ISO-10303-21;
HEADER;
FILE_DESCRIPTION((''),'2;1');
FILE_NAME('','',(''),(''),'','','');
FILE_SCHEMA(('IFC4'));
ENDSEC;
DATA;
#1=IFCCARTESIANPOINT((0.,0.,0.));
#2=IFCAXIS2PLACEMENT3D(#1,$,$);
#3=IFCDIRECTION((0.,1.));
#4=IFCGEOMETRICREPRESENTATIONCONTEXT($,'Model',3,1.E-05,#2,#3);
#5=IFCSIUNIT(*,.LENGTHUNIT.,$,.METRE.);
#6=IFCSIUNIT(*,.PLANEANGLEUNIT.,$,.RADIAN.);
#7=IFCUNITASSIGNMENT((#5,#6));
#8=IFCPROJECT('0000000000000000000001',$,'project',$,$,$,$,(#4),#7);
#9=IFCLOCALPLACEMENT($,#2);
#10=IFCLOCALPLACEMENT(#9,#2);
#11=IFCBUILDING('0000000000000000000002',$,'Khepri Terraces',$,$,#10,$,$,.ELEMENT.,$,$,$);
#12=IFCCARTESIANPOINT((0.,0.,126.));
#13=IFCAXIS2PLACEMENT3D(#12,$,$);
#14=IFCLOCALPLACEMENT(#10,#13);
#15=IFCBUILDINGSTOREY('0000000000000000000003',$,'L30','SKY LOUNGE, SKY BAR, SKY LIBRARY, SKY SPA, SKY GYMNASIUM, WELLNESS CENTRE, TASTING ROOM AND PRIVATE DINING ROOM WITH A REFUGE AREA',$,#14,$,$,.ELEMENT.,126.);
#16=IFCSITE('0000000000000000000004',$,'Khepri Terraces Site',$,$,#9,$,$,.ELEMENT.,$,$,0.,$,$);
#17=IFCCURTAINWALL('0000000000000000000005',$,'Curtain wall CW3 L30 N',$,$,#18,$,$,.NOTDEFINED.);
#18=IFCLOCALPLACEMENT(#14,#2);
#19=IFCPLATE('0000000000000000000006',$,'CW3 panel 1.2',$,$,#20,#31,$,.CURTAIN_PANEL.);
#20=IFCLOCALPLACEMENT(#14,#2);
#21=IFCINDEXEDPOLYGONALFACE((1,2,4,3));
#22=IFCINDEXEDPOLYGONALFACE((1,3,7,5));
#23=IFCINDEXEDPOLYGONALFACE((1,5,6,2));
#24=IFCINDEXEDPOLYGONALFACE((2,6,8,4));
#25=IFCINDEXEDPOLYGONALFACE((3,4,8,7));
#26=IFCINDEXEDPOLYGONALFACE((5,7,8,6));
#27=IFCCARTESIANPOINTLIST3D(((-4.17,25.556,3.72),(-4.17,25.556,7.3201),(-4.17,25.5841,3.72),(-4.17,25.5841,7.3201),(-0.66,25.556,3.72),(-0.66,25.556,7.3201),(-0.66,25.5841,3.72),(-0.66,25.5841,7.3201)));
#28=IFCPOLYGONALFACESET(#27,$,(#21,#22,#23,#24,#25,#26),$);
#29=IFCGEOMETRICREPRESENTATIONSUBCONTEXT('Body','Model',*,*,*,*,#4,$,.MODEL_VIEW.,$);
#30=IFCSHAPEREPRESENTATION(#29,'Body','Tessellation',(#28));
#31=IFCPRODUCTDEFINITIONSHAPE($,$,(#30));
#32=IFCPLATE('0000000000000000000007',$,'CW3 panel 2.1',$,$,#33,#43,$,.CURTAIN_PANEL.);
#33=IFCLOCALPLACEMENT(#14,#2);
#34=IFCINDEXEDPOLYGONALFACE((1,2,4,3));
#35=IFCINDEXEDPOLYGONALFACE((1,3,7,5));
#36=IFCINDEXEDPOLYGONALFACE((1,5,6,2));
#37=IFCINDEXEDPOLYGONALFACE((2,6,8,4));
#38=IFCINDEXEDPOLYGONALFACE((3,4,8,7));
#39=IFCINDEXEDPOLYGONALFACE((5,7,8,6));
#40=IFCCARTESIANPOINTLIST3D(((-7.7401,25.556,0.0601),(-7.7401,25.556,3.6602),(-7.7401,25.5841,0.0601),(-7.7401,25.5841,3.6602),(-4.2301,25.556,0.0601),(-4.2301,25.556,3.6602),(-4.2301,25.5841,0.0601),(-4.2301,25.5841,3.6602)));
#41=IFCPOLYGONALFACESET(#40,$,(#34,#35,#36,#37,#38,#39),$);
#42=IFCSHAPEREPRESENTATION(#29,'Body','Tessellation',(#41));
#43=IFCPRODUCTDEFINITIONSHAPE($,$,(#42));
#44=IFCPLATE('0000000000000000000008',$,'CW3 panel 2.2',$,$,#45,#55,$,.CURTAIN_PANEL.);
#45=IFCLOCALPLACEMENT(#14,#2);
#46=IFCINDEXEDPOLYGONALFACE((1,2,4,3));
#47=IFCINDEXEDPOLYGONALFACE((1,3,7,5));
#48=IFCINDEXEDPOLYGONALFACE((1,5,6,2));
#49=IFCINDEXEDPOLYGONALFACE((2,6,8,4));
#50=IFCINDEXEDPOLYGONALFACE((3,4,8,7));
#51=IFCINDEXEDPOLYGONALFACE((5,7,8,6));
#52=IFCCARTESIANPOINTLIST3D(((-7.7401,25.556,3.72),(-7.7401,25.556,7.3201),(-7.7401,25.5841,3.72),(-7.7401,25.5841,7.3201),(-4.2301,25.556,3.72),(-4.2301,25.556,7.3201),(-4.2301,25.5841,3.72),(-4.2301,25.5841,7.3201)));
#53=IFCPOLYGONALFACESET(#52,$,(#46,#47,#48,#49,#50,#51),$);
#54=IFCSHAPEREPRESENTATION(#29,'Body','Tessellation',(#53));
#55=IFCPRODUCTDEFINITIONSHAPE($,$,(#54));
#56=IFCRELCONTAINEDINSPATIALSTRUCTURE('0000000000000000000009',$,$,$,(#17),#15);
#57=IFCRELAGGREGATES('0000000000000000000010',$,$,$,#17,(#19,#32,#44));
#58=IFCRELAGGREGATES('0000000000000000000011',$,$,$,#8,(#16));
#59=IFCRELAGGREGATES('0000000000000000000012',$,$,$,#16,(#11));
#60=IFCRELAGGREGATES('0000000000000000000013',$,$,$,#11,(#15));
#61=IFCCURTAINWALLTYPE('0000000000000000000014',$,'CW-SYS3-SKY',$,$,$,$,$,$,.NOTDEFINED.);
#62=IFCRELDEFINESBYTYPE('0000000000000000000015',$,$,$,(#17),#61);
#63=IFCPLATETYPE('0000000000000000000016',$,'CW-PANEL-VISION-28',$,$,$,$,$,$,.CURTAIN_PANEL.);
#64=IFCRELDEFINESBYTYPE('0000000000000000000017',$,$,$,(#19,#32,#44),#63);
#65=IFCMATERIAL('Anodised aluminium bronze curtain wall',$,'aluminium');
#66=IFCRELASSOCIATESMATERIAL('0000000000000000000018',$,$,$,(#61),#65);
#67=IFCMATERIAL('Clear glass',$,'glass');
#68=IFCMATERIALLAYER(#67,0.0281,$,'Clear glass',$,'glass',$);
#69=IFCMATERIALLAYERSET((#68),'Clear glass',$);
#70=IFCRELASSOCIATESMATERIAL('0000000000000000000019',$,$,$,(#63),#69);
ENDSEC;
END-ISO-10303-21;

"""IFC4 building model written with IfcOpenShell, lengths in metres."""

from ifc_helpers import new_model, si_unit, direction, frame, origin, origin_2d, place, context, subcontext, project, spatial, rectangle, extrude, material, layer, layer_set, type_object, element, aggregate, save


model = new_model("IFC4")

# Units and contexts
model_context = context("Model", 3, precision=1e-05, world=origin(), true_north=direction((0.0, 1.0)))
body_context = subcontext(model_context, "Body", "Model", "MODEL_VIEW")
ifc_project = project(units=[si_unit("LENGTHUNIT", "METRE"), si_unit("PLANEANGLEUNIT", "RADIAN")], contexts=[model_context])

# Site, building, storey
site_placement = place(None, origin())
site = spatial("IfcSite", under=ifc_project, at=site_placement, Name="Khepri Terraces Site", CompositionType="ELEMENT", RefElevation=0.0)
building_placement = place(site_placement, origin())
building = spatial("IfcBuilding", under=site, at=building_placement, Name="Khepri Terraces", CompositionType="ELEMENT")
storey_placement = place(building_placement, frame((0.0, 0.0, 126.0)))
storey = spatial("IfcBuildingStorey", under=building, at=storey_placement, Name="L30", Description="SKY LOUNGE, SKY BAR, SKY LIBRARY, SKY SPA, SKY GYMNASIUM, WELLNESS CENTRE, TASTING ROOM AND PRIVATE DINING ROOM WITH A REFUGE AREA", CompositionType="ELEMENT", Elevation=126.0)

# Curtain wall, plates
ifc_material_1 = material(Name="Anodised aluminium bronze curtain wall", Category="aluminium")
curtain_wall_type = type_object("IfcCurtainWallType", Name="CW-SYS3-SKY", PredefinedType="NOTDEFINED", material=ifc_material_1)
curtain_wall_placement = place(storey_placement, origin())
curtain_wall = element("IfcCurtainWall", 1, at=curtain_wall_placement, inside=storey, type_object=curtain_wall_type, Name="Curtain wall CW3 L30 N", PredefinedType="NOTDEFINED")
ifc_material_2 = material(Name="Clear glass", Category="glass")
ifc_layer = layer(ifc_material_2, 0.0281, Name="Clear glass", Category="glass")
ifc_layer_set = layer_set([ifc_layer], Name="Clear glass")
plate_type = type_object("IfcPlateType", Name="CW-PANEL-VISION-28", PredefinedType="CURTAIN_PANEL", material=ifc_layer_set)
plate_1_placement = place(storey_placement, frame((-2.415, 25.5701, 3.72), z_axis=(0.0, 0.0, 1.0), x_axis=(-1.0, 0.0, 0.0)))
plate_1 = element("IfcPlate", 2, at=plate_1_placement, type_object=plate_type, Name="CW3 panel 1.2", PredefinedType="CURTAIN_PANEL", context=body_context, shape_type="SweptSolid", body=[
    extrude(rectangle(XDim=3.51, YDim=0.0281, at=origin_2d()), origin(), (0.0, 0.0, 1.0), 3.6001),
])
plate_2_placement = place(storey_placement, frame((-5.9851, 25.5701, 0.0601), z_axis=(0.0, 0.0, 1.0), x_axis=(-1.0, 0.0, 0.0)))
plate_2 = element("IfcPlate", 3, at=plate_2_placement, type_object=plate_type, Name="CW3 panel 2.1", PredefinedType="CURTAIN_PANEL", context=body_context, shape_type="SweptSolid", body=[
    extrude(rectangle(XDim=3.51, YDim=0.0281, at=origin_2d()), origin(), (0.0, 0.0, 1.0), 3.6001),
])
plate_3_placement = place(storey_placement, frame((-5.9851, 25.5701, 3.72), z_axis=(0.0, 0.0, 1.0), x_axis=(-1.0, 0.0, 0.0)))
plate_3 = element("IfcPlate", 4, at=plate_3_placement, type_object=plate_type, Name="CW3 panel 2.2", PredefinedType="CURTAIN_PANEL", context=body_context, shape_type="SweptSolid", body=[
    extrude(rectangle(XDim=3.51, YDim=0.0281, at=origin_2d()), origin(), (0.0, 0.0, 1.0), 3.6001),
])
aggregate(curtain_wall, [plate_1, plate_2, plate_3])

save(model, "model.ifc")
